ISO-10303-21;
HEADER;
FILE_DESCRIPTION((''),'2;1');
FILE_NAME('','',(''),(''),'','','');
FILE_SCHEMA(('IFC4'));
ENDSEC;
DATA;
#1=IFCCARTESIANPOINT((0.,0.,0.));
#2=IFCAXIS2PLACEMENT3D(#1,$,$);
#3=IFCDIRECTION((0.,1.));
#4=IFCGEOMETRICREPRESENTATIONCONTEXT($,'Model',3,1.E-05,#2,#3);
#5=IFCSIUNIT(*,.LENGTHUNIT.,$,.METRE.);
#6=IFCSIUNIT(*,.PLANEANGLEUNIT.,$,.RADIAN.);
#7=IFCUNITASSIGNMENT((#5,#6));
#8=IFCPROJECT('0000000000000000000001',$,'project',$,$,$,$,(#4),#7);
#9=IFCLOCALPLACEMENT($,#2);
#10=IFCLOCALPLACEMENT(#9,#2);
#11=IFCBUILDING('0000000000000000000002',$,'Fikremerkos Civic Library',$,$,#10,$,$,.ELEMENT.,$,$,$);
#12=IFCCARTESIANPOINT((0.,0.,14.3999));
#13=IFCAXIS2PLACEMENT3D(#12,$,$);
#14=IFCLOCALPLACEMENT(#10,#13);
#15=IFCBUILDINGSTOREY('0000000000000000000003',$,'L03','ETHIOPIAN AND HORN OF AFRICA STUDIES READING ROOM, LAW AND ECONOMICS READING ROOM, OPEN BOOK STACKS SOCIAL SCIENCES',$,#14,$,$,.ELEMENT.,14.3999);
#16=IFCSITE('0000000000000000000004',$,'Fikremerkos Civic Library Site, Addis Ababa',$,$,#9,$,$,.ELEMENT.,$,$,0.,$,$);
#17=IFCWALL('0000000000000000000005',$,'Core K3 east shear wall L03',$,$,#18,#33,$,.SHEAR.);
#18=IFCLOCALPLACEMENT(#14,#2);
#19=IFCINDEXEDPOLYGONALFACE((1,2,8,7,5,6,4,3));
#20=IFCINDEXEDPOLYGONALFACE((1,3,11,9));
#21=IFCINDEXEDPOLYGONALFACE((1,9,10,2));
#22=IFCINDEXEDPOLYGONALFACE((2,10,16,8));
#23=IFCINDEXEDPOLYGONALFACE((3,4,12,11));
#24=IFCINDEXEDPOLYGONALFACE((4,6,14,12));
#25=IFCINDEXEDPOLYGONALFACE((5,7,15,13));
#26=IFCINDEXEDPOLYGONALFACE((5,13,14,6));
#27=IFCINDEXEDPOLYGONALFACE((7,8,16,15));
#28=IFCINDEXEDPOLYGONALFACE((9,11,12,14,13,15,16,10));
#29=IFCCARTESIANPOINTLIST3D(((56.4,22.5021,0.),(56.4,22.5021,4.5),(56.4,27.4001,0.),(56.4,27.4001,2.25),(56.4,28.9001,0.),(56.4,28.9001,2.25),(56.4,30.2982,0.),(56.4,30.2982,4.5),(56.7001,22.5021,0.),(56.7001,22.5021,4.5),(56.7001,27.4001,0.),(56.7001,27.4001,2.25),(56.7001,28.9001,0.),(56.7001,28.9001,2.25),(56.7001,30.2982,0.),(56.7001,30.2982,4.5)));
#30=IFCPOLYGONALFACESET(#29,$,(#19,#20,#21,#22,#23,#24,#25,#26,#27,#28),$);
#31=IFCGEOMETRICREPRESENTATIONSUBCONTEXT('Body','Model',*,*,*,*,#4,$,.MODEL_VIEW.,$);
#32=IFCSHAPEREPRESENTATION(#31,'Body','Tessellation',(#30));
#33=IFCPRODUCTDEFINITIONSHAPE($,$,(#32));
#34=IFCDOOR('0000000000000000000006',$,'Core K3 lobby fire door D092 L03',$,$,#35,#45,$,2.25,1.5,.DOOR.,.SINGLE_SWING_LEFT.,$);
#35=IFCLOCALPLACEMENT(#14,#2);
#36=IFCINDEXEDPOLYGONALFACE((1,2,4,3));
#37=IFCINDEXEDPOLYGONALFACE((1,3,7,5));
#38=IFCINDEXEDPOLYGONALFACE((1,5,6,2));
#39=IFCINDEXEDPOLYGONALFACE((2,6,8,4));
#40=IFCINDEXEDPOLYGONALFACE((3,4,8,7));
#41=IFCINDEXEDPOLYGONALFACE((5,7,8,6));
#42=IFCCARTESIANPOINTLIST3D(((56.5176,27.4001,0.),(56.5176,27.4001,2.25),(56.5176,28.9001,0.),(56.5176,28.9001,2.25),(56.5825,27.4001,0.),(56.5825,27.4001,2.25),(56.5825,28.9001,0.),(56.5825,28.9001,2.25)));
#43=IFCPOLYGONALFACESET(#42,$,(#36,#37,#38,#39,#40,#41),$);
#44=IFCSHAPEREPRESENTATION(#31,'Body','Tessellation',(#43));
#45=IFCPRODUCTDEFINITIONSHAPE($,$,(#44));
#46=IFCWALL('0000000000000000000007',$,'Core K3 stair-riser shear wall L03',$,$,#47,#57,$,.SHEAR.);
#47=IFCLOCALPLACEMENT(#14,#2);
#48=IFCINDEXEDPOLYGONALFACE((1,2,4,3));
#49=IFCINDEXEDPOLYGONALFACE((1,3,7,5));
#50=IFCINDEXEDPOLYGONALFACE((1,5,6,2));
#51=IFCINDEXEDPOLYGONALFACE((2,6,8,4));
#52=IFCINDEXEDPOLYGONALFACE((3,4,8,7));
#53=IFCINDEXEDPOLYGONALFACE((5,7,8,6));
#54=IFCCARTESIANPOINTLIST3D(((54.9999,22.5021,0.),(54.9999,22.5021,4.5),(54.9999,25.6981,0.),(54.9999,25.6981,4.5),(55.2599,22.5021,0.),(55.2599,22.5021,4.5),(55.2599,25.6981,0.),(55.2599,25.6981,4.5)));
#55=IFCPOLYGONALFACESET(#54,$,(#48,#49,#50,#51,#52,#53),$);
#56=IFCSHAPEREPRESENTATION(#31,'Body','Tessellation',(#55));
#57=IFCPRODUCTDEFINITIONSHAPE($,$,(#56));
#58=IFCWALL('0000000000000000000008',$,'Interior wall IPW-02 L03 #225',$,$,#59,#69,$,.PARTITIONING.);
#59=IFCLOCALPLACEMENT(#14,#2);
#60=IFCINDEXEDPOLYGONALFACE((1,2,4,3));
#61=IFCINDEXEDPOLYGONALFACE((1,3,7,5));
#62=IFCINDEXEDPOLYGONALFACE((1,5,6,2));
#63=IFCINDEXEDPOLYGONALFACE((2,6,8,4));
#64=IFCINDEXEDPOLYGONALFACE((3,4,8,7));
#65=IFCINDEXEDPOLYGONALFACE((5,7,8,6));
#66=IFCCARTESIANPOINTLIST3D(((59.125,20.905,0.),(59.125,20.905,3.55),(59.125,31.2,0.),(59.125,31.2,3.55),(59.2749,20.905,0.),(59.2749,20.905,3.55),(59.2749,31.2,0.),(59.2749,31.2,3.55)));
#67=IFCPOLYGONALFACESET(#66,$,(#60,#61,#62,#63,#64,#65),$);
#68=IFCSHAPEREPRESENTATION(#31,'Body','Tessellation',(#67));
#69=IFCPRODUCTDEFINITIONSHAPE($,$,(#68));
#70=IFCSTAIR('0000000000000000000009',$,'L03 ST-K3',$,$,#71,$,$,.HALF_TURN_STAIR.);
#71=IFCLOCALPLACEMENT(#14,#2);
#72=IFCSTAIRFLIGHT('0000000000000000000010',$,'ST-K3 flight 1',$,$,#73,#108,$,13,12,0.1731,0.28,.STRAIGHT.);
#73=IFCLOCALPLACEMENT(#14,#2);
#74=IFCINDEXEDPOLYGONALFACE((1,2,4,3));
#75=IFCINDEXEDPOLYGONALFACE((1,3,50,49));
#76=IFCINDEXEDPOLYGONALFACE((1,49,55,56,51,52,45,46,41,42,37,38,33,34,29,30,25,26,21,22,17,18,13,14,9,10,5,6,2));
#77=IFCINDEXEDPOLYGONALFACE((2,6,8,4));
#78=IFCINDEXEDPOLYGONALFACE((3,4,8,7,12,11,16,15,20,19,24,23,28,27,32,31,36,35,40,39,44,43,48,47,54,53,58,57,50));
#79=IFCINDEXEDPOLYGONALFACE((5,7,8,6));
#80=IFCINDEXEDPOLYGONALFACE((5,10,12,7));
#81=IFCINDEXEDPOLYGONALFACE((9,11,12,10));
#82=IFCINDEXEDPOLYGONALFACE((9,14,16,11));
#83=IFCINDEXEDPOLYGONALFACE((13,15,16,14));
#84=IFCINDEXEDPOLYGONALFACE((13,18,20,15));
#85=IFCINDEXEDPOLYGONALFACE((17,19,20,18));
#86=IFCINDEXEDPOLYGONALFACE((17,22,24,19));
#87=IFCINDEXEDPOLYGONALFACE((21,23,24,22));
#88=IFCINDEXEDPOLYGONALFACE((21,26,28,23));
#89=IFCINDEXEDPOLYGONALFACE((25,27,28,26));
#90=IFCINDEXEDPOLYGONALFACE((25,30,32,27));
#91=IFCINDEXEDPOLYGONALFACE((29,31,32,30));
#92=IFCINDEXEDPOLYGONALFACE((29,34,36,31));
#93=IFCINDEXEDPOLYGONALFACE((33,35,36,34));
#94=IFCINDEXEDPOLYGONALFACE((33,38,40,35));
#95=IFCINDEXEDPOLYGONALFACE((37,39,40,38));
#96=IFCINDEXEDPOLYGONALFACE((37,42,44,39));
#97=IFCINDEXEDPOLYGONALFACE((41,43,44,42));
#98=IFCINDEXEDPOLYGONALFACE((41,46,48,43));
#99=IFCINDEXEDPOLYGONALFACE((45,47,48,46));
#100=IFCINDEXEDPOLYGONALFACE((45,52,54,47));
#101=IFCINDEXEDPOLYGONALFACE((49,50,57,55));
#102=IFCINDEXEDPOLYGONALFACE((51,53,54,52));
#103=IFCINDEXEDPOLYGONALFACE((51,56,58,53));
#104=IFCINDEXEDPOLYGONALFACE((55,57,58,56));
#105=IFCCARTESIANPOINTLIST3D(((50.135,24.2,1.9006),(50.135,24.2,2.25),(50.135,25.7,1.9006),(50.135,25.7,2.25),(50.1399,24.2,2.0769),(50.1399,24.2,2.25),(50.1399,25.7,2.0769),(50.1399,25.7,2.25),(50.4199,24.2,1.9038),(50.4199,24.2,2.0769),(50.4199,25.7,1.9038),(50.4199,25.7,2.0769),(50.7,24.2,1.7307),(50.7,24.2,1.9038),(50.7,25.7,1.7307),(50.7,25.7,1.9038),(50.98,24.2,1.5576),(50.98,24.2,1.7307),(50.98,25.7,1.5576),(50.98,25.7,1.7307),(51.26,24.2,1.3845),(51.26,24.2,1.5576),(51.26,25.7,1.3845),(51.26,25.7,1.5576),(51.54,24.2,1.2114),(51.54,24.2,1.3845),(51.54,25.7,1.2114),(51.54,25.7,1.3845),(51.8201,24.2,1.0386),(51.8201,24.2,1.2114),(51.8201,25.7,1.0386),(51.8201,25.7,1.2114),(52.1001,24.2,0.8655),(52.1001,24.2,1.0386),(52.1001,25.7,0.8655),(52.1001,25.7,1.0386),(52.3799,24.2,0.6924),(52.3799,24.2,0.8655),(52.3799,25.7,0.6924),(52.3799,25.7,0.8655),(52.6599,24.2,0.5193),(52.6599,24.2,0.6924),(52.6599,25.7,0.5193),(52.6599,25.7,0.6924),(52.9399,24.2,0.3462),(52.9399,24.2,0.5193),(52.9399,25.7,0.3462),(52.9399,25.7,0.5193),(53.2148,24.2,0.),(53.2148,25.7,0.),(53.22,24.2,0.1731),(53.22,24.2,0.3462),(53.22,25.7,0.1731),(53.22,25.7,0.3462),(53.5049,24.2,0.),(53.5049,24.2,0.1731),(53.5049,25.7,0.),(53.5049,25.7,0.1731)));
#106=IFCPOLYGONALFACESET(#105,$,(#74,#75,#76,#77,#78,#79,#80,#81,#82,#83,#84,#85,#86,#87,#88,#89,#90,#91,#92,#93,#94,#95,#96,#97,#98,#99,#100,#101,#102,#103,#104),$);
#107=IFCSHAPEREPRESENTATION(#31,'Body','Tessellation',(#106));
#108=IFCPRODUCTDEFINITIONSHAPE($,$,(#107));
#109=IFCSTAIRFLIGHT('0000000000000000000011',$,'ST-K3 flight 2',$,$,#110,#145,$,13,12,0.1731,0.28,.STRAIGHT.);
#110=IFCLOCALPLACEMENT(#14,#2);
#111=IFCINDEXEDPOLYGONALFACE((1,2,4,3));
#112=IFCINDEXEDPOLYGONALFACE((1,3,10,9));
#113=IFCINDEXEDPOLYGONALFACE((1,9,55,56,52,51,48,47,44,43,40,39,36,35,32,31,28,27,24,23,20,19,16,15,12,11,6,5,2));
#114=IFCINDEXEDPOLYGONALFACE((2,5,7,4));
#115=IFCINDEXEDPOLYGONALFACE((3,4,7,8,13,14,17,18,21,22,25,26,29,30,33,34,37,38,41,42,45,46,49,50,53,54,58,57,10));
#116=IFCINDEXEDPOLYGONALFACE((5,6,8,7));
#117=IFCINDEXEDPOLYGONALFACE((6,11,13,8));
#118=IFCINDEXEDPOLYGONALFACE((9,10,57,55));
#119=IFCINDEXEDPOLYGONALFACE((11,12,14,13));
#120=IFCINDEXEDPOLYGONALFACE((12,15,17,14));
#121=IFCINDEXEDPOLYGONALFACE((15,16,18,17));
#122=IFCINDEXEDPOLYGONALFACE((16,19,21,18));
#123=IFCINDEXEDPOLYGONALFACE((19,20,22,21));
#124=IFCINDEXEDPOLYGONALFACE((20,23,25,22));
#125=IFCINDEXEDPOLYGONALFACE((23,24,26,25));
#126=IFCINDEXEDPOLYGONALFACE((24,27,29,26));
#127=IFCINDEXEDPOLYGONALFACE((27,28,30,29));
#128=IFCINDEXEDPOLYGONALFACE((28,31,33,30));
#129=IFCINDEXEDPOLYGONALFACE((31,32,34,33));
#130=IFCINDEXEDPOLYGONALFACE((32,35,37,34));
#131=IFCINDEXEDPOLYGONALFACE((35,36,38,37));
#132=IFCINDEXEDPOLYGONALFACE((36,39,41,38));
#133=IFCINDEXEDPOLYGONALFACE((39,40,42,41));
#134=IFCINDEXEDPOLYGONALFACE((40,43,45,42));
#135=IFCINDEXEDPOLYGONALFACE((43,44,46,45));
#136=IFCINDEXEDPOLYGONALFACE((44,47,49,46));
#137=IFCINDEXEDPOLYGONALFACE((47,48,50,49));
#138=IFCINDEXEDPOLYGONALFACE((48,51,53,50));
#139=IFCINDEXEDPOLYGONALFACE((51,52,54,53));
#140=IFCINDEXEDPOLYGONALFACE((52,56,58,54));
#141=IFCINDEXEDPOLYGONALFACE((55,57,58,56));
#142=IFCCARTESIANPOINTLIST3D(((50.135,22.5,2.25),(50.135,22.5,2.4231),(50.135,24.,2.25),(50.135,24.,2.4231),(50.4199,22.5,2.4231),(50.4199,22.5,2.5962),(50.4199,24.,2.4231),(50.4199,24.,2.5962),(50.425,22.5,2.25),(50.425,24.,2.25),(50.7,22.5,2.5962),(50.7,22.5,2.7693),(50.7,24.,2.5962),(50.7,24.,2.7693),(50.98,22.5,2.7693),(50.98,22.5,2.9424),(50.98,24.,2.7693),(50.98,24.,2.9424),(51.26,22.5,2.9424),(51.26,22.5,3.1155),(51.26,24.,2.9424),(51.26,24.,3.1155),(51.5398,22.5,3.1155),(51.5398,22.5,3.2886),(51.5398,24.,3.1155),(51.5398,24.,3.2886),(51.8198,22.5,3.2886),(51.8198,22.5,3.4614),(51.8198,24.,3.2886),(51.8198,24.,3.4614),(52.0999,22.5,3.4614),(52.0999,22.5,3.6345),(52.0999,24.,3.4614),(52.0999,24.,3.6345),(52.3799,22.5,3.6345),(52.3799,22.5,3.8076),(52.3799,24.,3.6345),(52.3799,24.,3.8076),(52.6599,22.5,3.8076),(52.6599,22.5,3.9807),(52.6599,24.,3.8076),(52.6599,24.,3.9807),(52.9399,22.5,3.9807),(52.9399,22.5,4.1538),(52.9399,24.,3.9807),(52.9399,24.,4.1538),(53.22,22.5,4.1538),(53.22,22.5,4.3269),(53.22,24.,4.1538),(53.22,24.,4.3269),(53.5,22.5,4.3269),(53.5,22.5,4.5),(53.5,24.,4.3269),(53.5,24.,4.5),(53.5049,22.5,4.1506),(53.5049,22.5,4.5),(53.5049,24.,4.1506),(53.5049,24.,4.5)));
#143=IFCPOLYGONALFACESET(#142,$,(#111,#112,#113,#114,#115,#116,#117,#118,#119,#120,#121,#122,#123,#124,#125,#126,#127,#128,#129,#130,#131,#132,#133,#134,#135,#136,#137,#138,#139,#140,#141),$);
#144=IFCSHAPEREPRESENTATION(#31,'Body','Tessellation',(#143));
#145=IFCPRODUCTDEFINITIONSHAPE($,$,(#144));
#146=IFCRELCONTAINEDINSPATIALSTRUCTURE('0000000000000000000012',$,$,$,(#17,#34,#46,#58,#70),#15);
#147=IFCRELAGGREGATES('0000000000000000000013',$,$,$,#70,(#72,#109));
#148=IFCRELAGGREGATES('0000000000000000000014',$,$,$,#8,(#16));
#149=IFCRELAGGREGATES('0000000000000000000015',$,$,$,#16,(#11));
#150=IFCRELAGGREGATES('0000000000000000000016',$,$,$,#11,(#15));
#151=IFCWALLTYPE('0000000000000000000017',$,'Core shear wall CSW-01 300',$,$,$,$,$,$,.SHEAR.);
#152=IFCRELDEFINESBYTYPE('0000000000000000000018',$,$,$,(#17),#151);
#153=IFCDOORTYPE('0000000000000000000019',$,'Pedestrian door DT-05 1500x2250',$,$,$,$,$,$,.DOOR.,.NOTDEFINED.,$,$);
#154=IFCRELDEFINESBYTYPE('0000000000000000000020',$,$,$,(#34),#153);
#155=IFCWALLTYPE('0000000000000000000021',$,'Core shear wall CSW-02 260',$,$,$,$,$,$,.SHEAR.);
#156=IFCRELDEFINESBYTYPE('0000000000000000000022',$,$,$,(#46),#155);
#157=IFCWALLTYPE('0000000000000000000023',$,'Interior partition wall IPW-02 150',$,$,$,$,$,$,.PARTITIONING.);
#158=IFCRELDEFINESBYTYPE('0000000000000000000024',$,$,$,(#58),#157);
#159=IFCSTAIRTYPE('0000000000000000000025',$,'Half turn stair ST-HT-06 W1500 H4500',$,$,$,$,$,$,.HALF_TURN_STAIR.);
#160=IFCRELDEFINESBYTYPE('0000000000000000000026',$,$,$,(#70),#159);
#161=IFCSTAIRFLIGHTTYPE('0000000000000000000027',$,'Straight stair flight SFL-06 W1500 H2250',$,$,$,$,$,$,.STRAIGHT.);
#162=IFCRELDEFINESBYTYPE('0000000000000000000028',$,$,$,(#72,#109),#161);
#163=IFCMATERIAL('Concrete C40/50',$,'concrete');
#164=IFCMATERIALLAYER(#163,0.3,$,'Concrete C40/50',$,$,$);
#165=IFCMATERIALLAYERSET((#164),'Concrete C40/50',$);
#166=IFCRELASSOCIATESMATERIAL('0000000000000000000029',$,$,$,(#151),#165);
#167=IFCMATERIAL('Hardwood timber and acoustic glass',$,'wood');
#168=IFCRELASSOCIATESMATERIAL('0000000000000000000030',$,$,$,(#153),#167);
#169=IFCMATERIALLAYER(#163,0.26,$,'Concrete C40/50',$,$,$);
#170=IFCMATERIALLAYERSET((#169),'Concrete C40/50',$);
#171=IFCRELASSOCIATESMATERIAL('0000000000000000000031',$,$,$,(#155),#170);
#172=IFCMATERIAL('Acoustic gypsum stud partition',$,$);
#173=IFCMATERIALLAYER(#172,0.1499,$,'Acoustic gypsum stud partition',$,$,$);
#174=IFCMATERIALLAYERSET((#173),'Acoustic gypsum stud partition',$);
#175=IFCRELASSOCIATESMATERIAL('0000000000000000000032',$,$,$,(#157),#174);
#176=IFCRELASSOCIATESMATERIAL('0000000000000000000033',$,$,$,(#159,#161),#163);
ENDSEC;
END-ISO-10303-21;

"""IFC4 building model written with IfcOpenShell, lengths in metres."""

from ifc_helpers import new_model, si_unit, direction, frame, frame_2d, origin, place, context, subcontext, project, spatial, polyline, rectangle, outline, extrude, material, layer, layer_set, type_object, element, fill, aggregate, save


model = new_model("IFC4")

# Units and contexts
model_context = context("Model", 3, precision=1e-05, world=origin(), true_north=direction((0.0, 1.0)))
body_context = subcontext(model_context, "Body", "Model", "MODEL_VIEW")
ifc_project = project(units=[si_unit("LENGTHUNIT", "METRE"), si_unit("PLANEANGLEUNIT", "RADIAN")], contexts=[model_context])

# Site, building, storey
site_placement = place(None, origin())
site = spatial("IfcSite", under=ifc_project, at=site_placement, Name="Fikremerkos Civic Library Site, Addis Ababa", CompositionType="ELEMENT", RefElevation=0.0)
building_placement = place(site_placement, origin())
building = spatial("IfcBuilding", under=site, at=building_placement, Name="Fikremerkos Civic Library", CompositionType="ELEMENT")
storey_placement = place(building_placement, frame((0.0, 0.0, 14.3999)))
storey = spatial("IfcBuildingStorey", under=building, at=storey_placement, Name="L03", Description="ETHIOPIAN AND HORN OF AFRICA STUDIES READING ROOM, LAW AND ECONOMICS READING ROOM, OPEN BOOK STACKS SOCIAL SCIENCES", CompositionType="ELEMENT", Elevation=14.3999)

# Shared definitions
ifc_material_1 = material(Name="Concrete C40/50", Category="concrete")

# Shared definitions
ifc_layer_1 = layer(ifc_material_1, 0.3, Name="Concrete C40/50")
ifc_layer_set_1 = layer_set([ifc_layer_1], Name="Concrete C40/50")
wall_type_1 = type_object("IfcWallType", Name="Core shear wall CSW-01 300", PredefinedType="SHEAR", material=ifc_layer_set_1)

# Wall, opening, door
wall_1_placement = place(storey_placement, frame((56.55, 30.2981, 0.0), z_axis=(0.0, 0.0, 1.0), x_axis=(0.0, -1.0, 0.0)))
wall_1 = element("IfcWall", 1, at=wall_1_placement, inside=storey, type_object=wall_type_1, Name="Core K3 east shear wall L03", PredefinedType="SHEAR", context=body_context, shape_type="SweptSolid", body=[
    extrude(rectangle(XDim=7.7961, YDim=0.3, at=frame_2d((3.8979, 0.0))), origin(), (0.0, 0.0, 1.0), 4.5),
])
opening_1_placement = place(wall_1_placement, frame((1.3979, 0.0, 0.0)))
opening_1 = element("IfcOpeningElement", 2, at=opening_1_placement, cuts=wall_1, PredefinedType="OPENING", context=body_context, shape_type="SweptSolid", body=[
    extrude(rectangle(XDim=1.5, YDim=2.25, at=frame_2d((0.75, 1.125))), frame((0.0, 0.1599, 0.0), z_axis=(0.0, -1.0, 0.0), x_axis=(1.0, 0.0, 0.0)), (0.0, 0.0, 1.0), 0.3201),
])
ifc_material_2 = material(Name="Hardwood timber and acoustic glass", Category="wood")
door_type_1 = type_object("IfcDoorType", Name="Pedestrian door DT-05 1500x2250", OperationType="NOTDEFINED", PredefinedType="DOOR", material=ifc_material_2)
door_1_placement = place(opening_1_placement, origin())
door_1 = element("IfcDoor", 3, at=door_1_placement, inside=storey, type_object=door_type_1, Name="Core K3 lobby fire door D092 L03", OperationType="SINGLE_SWING_LEFT", OverallHeight=2.25, OverallWidth=1.5, PredefinedType="DOOR", context=body_context, shape_type="SweptSolid", body=[
    extrude(rectangle(XDim=1.5, YDim=2.25, at=frame_2d((0.75, 1.125))), frame((0.0, 0.0325, 0.0), z_axis=(0.0, -1.0, 0.0), x_axis=(1.0, 0.0, 0.0)), (0.0, 0.0, 1.0), 0.0649),
])
fill(opening_1, door_1)

# Wall
ifc_layer_2 = layer(ifc_material_1, 0.26, Name="Concrete C40/50")
ifc_layer_set_2 = layer_set([ifc_layer_2], Name="Concrete C40/50")
wall_type_2 = type_object("IfcWallType", Name="Core shear wall CSW-02 260", PredefinedType="SHEAR", material=ifc_layer_set_2)
wall_2_placement = place(storey_placement, frame((55.1299, 22.502, 0.0), z_axis=(0.0, 0.0, 1.0), x_axis=(0.0, 1.0, 0.0)))
element("IfcWall", 4, at=wall_2_placement, inside=storey, type_object=wall_type_2, Name="Core K3 stair-riser shear wall L03", PredefinedType="SHEAR", context=body_context, shape_type="SweptSolid", body=[
    extrude(rectangle(XDim=3.196, YDim=0.26, at=frame_2d((1.5981, 0.0))), origin(), (0.0, 0.0, 1.0), 4.5),
])

# Wall
ifc_material_3 = material(Name="Acoustic gypsum stud partition")
ifc_layer_3 = layer(ifc_material_3, 0.1499, Name="Acoustic gypsum stud partition")
ifc_layer_set_3 = layer_set([ifc_layer_3], Name="Acoustic gypsum stud partition")
wall_type_3 = type_object("IfcWallType", Name="Interior partition wall IPW-02 150", PredefinedType="PARTITIONING", material=ifc_layer_set_3)
wall_3_placement = place(storey_placement, frame((59.2, 20.905, 0.0), z_axis=(0.0, 0.0, 1.0), x_axis=(0.0, 1.0, 0.0)))
element("IfcWall", 5, at=wall_3_placement, inside=storey, type_object=wall_type_3, Name="Interior wall IPW-02 L03 #225", PredefinedType="PARTITIONING", context=body_context, shape_type="SweptSolid", body=[
    extrude(rectangle(XDim=10.2949, YDim=0.1499, at=frame_2d((5.1475, 0.0))), origin(), (0.0, 0.0, 1.0), 3.55),
])

# Stair, stair flights
stair_type = type_object("IfcStairType", Name="Half turn stair ST-HT-06 W1500 H4500", PredefinedType="HALF_TURN_STAIR", material=ifc_material_1)
stair_placement = place(storey_placement, origin())
stair = element("IfcStair", 6, at=stair_placement, inside=storey, type_object=stair_type, Name="L03 ST-K3", PredefinedType="HALF_TURN_STAIR")
stair_flight_type = type_object("IfcStairFlightType", Name="Straight stair flight SFL-06 W1500 H2250", PredefinedType="STRAIGHT", material=ifc_material_1)
stair_flight_1_placement = place(storey_placement, frame((53.5, 24.95, 0.0), z_axis=(0.0, 0.0, 1.0), x_axis=(-1.0, 0.0, 0.0)))
stair_flight_1 = element("IfcStairFlight", 7, at=stair_flight_1_placement, type_object=stair_flight_type, Name="ST-K3 flight 1", NumberOfRisers=13, NumberOfTreads=12, PredefinedType="STRAIGHT", RiserHeight=0.1731, TreadLength=0.28, context=body_context, shape_type="SweptSolid", body=[
    extrude(outline(polyline([(-0.0049, 0.0), (-0.0049, 0.1731), (0.28, 0.1731), (0.28, 0.3462), (0.5601, 0.3462), (0.5601, 0.5193), (0.8401, 0.5193), (0.8401, 0.6924), (1.1201, 0.6924), (1.1201, 0.8655), (1.3999, 0.8655), (1.3999, 1.0386), (1.6799, 1.0386), (1.6799, 1.2114), (1.96, 1.2114), (1.96, 1.3845), (2.24, 1.3845), (2.24, 1.5576), (2.52, 1.5576), (2.52, 1.7307), (2.8, 1.7307), (2.8, 1.9038), (3.0801, 1.9038), (3.0801, 2.0769), (3.3601, 2.0769), (3.3601, 2.25), (3.365, 2.25), (3.365, 1.9006), (0.2852, 0.0), (-0.0049, 0.0)])), frame((0.0, 0.75, 0.0), z_axis=(0.0, -1.0, 0.0), x_axis=(1.0, 0.0, 0.0)), (0.0, 0.0, 1.0), 1.5),
])
stair_flight_2_placement = place(storey_placement, frame((50.1399, 23.25, 2.25), z_axis=(0.0, 0.0, 1.0), x_axis=(1.0, 0.0, 0.0)))
stair_flight_2 = element("IfcStairFlight", 8, at=stair_flight_2_placement, type_object=stair_flight_type, Name="ST-K3 flight 2", NumberOfRisers=13, NumberOfTreads=12, PredefinedType="STRAIGHT", RiserHeight=0.1731, TreadLength=0.28, context=body_context, shape_type="SweptSolid", body=[
    extrude(outline(polyline([(-0.0049, 0.0), (-0.0049, 0.1731), (0.28, 0.1731), (0.28, 0.3462), (0.5601, 0.3462), (0.5601, 0.5193), (0.8401, 0.5193), (0.8401, 0.6924), (1.1201, 0.6924), (1.1201, 0.8655), (1.3999, 0.8655), (1.3999, 1.0386), (1.6799, 1.0386), (1.6799, 1.2114), (1.96, 1.2114), (1.96, 1.3845), (2.24, 1.3845), (2.24, 1.5576), (2.52, 1.5576), (2.52, 1.7307), (2.8, 1.7307), (2.8, 1.9038), (3.0801, 1.9038), (3.0801, 2.0769), (3.3601, 2.0769), (3.3601, 2.25), (3.365, 2.25), (3.365, 1.9006), (0.2852, 0.0), (-0.0049, 0.0)])), frame((0.0, 0.75, 0.0), z_axis=(0.0, -1.0, 0.0), x_axis=(1.0, 0.0, 0.0)), (0.0, 0.0, 1.0), 1.5),
])
aggregate(stair, [stair_flight_1, stair_flight_2])

save(model, "model.ifc")
